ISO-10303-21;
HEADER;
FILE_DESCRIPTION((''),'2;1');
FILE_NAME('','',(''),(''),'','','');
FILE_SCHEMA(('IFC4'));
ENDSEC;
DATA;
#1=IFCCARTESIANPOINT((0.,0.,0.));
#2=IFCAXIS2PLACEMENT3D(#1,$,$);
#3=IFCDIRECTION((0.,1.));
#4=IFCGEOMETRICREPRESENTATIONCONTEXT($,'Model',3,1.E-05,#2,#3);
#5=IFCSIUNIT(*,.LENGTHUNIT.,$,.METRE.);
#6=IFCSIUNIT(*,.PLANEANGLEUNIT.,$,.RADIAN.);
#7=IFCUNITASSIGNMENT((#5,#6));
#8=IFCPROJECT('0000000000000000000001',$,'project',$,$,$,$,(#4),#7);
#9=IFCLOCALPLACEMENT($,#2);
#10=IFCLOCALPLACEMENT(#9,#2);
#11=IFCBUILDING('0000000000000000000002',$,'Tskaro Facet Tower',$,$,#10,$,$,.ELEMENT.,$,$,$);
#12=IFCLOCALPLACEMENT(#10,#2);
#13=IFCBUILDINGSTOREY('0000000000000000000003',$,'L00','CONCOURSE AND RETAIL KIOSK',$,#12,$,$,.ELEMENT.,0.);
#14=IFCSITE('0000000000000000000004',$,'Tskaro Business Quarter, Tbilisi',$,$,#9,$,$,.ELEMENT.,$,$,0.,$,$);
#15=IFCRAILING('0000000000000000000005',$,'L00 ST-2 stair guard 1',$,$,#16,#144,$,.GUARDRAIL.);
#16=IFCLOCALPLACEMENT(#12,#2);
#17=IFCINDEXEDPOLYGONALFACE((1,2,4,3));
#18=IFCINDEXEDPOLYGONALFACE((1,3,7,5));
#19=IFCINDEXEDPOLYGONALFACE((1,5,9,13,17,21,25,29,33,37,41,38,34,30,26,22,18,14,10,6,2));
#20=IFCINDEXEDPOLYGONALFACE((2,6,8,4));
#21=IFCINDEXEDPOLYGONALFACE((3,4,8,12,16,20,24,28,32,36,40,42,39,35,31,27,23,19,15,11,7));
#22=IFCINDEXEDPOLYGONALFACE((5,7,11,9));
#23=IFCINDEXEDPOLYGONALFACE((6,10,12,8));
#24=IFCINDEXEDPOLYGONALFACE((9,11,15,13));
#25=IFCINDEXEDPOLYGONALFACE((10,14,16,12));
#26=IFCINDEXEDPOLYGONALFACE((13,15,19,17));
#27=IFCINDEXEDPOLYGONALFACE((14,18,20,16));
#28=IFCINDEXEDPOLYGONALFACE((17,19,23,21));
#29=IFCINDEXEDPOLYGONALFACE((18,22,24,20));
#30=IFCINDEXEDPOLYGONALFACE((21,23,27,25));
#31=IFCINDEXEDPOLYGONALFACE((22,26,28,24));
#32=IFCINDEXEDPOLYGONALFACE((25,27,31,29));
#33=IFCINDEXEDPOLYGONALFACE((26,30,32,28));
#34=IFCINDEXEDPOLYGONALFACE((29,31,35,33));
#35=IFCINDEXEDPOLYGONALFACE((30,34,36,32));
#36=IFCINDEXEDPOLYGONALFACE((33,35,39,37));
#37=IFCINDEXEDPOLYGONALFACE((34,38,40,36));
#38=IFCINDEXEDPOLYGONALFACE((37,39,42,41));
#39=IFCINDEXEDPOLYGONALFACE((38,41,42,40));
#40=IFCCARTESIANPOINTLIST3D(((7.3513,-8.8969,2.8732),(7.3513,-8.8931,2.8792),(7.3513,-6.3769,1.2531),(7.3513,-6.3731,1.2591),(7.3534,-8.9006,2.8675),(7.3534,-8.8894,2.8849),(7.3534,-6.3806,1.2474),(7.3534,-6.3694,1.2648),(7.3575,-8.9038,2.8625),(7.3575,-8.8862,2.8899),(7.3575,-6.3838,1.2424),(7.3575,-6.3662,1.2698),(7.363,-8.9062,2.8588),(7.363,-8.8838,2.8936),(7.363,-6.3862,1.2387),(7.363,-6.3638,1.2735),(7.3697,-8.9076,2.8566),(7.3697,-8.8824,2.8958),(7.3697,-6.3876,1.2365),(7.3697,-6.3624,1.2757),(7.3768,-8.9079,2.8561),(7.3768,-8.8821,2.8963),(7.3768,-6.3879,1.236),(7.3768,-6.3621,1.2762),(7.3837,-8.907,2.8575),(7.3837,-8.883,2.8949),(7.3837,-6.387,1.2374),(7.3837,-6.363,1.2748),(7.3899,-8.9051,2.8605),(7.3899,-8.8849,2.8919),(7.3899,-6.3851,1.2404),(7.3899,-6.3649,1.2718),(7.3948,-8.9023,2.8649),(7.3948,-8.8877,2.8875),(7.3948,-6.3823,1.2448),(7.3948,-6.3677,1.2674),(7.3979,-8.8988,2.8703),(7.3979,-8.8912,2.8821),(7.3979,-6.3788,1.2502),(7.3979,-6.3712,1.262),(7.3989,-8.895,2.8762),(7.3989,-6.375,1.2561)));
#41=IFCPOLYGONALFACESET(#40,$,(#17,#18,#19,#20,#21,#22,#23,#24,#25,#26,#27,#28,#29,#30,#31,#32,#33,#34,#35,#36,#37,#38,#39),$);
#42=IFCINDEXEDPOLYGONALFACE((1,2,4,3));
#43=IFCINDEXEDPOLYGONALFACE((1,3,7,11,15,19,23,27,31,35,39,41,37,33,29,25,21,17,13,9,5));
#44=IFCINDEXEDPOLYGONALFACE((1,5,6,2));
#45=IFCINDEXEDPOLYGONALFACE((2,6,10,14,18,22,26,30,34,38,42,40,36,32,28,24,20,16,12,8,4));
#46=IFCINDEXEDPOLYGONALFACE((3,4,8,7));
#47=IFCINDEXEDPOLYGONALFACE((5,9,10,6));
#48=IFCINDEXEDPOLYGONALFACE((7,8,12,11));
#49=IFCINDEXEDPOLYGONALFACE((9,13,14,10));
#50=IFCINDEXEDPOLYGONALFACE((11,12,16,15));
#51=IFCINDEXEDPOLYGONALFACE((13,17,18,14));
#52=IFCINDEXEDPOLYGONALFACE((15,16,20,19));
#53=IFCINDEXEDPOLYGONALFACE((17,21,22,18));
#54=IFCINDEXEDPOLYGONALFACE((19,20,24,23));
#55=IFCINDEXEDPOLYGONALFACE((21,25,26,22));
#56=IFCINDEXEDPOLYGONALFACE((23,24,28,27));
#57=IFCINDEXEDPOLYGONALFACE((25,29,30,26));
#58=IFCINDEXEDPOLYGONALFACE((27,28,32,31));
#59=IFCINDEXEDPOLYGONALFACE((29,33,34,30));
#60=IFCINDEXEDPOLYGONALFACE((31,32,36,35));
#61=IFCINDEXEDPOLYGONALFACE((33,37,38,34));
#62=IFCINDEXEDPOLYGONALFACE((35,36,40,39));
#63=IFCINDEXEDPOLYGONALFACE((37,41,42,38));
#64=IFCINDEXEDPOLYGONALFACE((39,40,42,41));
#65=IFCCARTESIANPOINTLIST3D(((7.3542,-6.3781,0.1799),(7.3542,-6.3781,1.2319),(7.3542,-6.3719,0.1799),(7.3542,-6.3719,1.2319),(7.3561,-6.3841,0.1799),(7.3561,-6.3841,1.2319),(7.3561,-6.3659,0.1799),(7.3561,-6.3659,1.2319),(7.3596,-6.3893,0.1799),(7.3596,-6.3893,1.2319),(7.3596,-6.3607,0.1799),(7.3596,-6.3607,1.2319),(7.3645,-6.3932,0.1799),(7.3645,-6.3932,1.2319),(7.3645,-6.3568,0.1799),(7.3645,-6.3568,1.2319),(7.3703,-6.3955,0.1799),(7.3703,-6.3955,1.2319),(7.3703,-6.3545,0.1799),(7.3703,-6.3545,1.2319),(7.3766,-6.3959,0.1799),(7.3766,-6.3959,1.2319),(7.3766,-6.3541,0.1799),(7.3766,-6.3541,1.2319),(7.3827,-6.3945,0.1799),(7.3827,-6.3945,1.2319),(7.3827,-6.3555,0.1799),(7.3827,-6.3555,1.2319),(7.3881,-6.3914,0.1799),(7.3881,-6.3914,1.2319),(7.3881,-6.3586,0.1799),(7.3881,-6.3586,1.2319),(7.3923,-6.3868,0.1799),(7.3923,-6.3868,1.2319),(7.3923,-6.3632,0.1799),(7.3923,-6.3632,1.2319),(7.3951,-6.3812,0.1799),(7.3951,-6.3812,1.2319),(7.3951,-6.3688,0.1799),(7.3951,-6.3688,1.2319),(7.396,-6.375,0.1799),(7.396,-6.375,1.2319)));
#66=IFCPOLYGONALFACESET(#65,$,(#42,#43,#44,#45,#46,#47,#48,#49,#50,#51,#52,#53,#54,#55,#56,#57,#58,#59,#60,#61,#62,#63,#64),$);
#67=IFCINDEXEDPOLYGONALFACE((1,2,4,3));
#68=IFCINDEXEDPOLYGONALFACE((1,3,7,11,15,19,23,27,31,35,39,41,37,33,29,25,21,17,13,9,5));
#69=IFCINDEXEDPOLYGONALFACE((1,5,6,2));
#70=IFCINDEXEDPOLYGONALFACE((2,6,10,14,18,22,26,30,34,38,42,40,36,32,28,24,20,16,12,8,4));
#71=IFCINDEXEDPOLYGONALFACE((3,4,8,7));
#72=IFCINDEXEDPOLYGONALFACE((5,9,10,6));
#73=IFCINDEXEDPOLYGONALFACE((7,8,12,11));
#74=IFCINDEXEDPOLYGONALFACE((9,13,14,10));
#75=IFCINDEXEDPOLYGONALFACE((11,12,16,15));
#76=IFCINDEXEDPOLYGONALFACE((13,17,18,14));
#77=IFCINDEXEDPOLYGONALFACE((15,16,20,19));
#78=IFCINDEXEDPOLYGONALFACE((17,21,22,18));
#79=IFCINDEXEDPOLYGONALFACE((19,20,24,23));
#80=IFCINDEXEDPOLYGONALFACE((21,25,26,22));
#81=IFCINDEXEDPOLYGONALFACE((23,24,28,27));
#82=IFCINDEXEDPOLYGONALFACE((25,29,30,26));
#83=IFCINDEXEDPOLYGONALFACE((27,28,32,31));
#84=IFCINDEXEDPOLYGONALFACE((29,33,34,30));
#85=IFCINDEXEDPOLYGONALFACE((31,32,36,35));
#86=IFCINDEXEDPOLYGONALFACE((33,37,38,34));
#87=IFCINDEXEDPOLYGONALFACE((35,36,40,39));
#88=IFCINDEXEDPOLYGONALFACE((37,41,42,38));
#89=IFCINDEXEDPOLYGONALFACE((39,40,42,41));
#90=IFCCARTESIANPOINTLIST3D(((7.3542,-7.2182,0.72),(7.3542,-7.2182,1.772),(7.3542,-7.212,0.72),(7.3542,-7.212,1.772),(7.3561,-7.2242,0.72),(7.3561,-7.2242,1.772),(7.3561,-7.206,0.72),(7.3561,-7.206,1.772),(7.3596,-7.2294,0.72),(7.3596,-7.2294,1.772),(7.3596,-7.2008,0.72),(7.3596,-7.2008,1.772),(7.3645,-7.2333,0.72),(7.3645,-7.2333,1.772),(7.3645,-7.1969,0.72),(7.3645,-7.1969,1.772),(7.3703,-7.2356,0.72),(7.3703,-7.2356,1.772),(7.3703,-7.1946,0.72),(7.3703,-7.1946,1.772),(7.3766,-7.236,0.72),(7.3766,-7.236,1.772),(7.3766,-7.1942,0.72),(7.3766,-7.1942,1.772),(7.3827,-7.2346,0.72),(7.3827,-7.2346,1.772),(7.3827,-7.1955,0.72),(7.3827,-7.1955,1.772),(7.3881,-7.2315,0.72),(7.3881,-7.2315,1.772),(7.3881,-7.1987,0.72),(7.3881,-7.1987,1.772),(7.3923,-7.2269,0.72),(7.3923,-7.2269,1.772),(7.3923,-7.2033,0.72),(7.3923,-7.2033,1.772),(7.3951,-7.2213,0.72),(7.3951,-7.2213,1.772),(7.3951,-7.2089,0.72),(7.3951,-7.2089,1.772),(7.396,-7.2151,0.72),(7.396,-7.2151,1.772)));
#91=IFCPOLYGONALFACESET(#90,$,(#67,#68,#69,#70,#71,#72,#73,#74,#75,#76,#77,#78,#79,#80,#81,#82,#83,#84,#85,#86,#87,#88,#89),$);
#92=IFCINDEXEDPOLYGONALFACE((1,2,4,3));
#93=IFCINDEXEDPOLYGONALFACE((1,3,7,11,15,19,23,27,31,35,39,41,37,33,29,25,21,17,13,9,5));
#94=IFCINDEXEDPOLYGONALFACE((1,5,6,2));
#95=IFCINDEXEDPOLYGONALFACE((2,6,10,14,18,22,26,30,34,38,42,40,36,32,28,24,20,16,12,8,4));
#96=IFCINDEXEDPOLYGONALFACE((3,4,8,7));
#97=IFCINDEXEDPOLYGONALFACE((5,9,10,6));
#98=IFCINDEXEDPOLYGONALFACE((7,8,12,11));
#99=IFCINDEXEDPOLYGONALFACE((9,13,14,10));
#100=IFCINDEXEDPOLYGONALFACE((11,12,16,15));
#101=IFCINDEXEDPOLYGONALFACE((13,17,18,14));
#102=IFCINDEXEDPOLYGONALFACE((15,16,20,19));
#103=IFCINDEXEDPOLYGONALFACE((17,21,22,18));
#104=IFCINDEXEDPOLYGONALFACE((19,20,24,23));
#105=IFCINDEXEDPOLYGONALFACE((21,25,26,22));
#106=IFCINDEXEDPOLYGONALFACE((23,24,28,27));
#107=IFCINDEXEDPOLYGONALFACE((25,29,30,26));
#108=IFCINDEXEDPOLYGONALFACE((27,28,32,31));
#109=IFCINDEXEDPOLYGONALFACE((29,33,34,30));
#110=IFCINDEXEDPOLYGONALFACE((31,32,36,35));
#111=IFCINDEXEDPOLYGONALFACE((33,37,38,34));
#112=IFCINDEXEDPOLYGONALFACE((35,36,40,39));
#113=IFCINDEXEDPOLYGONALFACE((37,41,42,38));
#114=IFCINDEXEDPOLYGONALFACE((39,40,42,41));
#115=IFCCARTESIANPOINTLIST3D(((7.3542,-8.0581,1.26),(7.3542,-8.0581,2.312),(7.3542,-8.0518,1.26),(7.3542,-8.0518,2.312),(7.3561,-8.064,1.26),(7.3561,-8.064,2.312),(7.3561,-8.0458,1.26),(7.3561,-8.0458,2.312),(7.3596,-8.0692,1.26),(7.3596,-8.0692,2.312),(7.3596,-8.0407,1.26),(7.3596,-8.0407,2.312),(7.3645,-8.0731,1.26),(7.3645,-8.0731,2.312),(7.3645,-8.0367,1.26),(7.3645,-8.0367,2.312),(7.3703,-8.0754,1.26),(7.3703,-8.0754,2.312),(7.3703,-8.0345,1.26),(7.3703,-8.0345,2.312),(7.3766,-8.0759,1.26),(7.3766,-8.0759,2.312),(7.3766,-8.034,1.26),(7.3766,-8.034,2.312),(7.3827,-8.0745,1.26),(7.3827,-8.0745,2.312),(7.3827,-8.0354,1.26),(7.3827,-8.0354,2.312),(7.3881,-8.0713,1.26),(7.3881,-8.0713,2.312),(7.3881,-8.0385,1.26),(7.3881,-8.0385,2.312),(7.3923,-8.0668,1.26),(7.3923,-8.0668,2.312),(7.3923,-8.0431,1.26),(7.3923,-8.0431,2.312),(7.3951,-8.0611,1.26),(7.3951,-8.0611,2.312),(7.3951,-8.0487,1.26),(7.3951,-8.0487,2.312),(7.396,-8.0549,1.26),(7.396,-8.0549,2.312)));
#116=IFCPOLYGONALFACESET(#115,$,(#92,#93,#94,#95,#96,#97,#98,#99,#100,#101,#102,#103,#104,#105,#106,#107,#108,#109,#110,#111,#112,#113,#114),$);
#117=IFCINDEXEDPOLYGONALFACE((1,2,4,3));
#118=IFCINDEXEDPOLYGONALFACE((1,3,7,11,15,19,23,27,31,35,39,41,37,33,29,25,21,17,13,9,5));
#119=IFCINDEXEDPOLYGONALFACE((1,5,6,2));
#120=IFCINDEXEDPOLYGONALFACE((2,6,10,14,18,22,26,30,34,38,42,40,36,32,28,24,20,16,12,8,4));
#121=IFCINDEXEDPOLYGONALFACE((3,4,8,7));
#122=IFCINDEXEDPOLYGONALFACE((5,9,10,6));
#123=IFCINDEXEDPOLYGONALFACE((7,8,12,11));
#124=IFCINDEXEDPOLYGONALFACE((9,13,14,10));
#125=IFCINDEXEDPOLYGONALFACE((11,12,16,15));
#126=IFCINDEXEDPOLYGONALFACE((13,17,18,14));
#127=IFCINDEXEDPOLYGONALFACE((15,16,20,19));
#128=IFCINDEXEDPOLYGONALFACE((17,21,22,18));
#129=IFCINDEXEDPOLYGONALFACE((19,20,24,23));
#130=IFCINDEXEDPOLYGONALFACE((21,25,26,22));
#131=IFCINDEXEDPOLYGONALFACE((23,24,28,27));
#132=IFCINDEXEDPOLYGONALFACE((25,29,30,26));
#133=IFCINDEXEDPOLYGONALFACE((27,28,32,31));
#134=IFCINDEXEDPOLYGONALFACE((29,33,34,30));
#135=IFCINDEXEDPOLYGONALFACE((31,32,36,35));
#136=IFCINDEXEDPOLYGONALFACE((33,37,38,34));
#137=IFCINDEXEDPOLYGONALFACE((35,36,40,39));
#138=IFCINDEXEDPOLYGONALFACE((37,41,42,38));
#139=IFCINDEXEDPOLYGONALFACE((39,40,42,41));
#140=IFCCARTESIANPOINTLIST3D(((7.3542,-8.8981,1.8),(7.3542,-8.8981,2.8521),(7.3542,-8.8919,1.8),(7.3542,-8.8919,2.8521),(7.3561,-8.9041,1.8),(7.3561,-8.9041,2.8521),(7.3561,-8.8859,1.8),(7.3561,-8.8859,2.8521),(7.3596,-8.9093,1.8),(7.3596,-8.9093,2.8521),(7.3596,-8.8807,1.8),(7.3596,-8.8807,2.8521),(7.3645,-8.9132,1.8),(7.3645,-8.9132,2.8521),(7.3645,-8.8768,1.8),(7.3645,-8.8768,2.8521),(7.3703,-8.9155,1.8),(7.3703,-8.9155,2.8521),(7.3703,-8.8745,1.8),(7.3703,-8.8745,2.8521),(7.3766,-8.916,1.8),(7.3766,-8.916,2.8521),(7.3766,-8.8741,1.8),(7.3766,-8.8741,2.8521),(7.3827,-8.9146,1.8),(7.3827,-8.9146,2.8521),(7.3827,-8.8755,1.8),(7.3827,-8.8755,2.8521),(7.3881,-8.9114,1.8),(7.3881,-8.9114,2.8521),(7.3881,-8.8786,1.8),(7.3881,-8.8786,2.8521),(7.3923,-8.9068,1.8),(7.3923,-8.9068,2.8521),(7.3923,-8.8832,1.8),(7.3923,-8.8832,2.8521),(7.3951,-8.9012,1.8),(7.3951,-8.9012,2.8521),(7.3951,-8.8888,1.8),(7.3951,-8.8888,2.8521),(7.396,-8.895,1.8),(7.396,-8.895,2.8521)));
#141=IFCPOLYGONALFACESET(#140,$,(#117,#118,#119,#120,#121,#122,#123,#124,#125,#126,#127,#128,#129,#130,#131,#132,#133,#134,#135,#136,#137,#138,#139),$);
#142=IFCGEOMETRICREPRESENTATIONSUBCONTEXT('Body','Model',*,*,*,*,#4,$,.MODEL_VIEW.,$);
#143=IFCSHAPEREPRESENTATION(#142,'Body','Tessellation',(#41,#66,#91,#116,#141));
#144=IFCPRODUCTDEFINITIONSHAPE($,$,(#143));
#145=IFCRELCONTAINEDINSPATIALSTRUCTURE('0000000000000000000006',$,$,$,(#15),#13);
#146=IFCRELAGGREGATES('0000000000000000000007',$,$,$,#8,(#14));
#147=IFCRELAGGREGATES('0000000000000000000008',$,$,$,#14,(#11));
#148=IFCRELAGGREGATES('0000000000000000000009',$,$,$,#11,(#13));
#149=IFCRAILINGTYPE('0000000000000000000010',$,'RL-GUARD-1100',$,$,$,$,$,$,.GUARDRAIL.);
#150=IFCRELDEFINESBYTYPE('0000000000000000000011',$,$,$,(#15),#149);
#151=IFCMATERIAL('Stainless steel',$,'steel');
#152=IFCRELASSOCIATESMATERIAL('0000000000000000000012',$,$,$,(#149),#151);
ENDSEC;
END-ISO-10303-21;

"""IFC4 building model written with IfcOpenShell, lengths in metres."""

from ifc_helpers import new_model, si_unit, direction, frame, origin, origin_2d, place, context, subcontext, project, spatial, circle, extrude, material, type_object, element, save


model = new_model("IFC4")

# Units and contexts
model_context = context("Model", 3, precision=1e-05, world=origin(), true_north=direction((0.0, 1.0)))
body_context = subcontext(model_context, "Body", "Model", "MODEL_VIEW")
ifc_project = project(units=[si_unit("LENGTHUNIT", "METRE"), si_unit("PLANEANGLEUNIT", "RADIAN")], contexts=[model_context])

# Site, building, storey
site_placement = place(None, origin())
site = spatial("IfcSite", under=ifc_project, at=site_placement, Name="Tskaro Business Quarter, Tbilisi", CompositionType="ELEMENT", RefElevation=0.0)
building_placement = place(site_placement, origin())
building = spatial("IfcBuilding", under=site, at=building_placement, Name="Tskaro Facet Tower", CompositionType="ELEMENT")
storey_placement = place(building_placement, origin())
storey = spatial("IfcBuildingStorey", under=building, at=storey_placement, Name="L00", Description="CONCOURSE AND RETAIL KIOSK", CompositionType="ELEMENT", Elevation=0.0)

# Railing
ifc_material_1 = material(Name="Stainless steel", Category="steel")
railing_type_1 = type_object("IfcRailingType", Name="RL-GUARD-1100", PredefinedType="GUARDRAIL", material=ifc_material_1)
railing_1_placement = place(storey_placement, frame((7.375, -6.375, 0.1799)))
element("IfcRailing", 1, at=railing_1_placement, inside=storey, type_object=railing_type_1, Name="L00 ST-2 stair guard 1", PredefinedType="GUARDRAIL", context=body_context, shape_type="SweptSolid", body=[
    extrude(circle(Radius=0.0239, at=origin_2d()), frame((0.0, 0.0, 1.0762), z_axis=(0.0, -0.841163, 0.540782), x_axis=(1.0, 0.0, 0.0)), (0.0, 0.0, 1.0), 2.9958),
    extrude(circle(Radius=0.021, at=origin_2d()), origin(), (0.0, 0.0, 1.0), 1.052),
    extrude(circle(Radius=0.021, at=origin_2d()), frame((0.0, -0.8401, 0.54)), (0.0, 0.0, 1.0), 1.052),
    extrude(circle(Radius=0.021, at=origin_2d()), frame((0.0, -1.6799, 1.0801)), (0.0, 0.0, 1.0), 1.052),
    extrude(circle(Radius=0.021, at=origin_2d()), frame((0.0, -2.52, 1.6201)), (0.0, 0.0, 1.0), 1.052),
])

save(model, "model.ifc")
